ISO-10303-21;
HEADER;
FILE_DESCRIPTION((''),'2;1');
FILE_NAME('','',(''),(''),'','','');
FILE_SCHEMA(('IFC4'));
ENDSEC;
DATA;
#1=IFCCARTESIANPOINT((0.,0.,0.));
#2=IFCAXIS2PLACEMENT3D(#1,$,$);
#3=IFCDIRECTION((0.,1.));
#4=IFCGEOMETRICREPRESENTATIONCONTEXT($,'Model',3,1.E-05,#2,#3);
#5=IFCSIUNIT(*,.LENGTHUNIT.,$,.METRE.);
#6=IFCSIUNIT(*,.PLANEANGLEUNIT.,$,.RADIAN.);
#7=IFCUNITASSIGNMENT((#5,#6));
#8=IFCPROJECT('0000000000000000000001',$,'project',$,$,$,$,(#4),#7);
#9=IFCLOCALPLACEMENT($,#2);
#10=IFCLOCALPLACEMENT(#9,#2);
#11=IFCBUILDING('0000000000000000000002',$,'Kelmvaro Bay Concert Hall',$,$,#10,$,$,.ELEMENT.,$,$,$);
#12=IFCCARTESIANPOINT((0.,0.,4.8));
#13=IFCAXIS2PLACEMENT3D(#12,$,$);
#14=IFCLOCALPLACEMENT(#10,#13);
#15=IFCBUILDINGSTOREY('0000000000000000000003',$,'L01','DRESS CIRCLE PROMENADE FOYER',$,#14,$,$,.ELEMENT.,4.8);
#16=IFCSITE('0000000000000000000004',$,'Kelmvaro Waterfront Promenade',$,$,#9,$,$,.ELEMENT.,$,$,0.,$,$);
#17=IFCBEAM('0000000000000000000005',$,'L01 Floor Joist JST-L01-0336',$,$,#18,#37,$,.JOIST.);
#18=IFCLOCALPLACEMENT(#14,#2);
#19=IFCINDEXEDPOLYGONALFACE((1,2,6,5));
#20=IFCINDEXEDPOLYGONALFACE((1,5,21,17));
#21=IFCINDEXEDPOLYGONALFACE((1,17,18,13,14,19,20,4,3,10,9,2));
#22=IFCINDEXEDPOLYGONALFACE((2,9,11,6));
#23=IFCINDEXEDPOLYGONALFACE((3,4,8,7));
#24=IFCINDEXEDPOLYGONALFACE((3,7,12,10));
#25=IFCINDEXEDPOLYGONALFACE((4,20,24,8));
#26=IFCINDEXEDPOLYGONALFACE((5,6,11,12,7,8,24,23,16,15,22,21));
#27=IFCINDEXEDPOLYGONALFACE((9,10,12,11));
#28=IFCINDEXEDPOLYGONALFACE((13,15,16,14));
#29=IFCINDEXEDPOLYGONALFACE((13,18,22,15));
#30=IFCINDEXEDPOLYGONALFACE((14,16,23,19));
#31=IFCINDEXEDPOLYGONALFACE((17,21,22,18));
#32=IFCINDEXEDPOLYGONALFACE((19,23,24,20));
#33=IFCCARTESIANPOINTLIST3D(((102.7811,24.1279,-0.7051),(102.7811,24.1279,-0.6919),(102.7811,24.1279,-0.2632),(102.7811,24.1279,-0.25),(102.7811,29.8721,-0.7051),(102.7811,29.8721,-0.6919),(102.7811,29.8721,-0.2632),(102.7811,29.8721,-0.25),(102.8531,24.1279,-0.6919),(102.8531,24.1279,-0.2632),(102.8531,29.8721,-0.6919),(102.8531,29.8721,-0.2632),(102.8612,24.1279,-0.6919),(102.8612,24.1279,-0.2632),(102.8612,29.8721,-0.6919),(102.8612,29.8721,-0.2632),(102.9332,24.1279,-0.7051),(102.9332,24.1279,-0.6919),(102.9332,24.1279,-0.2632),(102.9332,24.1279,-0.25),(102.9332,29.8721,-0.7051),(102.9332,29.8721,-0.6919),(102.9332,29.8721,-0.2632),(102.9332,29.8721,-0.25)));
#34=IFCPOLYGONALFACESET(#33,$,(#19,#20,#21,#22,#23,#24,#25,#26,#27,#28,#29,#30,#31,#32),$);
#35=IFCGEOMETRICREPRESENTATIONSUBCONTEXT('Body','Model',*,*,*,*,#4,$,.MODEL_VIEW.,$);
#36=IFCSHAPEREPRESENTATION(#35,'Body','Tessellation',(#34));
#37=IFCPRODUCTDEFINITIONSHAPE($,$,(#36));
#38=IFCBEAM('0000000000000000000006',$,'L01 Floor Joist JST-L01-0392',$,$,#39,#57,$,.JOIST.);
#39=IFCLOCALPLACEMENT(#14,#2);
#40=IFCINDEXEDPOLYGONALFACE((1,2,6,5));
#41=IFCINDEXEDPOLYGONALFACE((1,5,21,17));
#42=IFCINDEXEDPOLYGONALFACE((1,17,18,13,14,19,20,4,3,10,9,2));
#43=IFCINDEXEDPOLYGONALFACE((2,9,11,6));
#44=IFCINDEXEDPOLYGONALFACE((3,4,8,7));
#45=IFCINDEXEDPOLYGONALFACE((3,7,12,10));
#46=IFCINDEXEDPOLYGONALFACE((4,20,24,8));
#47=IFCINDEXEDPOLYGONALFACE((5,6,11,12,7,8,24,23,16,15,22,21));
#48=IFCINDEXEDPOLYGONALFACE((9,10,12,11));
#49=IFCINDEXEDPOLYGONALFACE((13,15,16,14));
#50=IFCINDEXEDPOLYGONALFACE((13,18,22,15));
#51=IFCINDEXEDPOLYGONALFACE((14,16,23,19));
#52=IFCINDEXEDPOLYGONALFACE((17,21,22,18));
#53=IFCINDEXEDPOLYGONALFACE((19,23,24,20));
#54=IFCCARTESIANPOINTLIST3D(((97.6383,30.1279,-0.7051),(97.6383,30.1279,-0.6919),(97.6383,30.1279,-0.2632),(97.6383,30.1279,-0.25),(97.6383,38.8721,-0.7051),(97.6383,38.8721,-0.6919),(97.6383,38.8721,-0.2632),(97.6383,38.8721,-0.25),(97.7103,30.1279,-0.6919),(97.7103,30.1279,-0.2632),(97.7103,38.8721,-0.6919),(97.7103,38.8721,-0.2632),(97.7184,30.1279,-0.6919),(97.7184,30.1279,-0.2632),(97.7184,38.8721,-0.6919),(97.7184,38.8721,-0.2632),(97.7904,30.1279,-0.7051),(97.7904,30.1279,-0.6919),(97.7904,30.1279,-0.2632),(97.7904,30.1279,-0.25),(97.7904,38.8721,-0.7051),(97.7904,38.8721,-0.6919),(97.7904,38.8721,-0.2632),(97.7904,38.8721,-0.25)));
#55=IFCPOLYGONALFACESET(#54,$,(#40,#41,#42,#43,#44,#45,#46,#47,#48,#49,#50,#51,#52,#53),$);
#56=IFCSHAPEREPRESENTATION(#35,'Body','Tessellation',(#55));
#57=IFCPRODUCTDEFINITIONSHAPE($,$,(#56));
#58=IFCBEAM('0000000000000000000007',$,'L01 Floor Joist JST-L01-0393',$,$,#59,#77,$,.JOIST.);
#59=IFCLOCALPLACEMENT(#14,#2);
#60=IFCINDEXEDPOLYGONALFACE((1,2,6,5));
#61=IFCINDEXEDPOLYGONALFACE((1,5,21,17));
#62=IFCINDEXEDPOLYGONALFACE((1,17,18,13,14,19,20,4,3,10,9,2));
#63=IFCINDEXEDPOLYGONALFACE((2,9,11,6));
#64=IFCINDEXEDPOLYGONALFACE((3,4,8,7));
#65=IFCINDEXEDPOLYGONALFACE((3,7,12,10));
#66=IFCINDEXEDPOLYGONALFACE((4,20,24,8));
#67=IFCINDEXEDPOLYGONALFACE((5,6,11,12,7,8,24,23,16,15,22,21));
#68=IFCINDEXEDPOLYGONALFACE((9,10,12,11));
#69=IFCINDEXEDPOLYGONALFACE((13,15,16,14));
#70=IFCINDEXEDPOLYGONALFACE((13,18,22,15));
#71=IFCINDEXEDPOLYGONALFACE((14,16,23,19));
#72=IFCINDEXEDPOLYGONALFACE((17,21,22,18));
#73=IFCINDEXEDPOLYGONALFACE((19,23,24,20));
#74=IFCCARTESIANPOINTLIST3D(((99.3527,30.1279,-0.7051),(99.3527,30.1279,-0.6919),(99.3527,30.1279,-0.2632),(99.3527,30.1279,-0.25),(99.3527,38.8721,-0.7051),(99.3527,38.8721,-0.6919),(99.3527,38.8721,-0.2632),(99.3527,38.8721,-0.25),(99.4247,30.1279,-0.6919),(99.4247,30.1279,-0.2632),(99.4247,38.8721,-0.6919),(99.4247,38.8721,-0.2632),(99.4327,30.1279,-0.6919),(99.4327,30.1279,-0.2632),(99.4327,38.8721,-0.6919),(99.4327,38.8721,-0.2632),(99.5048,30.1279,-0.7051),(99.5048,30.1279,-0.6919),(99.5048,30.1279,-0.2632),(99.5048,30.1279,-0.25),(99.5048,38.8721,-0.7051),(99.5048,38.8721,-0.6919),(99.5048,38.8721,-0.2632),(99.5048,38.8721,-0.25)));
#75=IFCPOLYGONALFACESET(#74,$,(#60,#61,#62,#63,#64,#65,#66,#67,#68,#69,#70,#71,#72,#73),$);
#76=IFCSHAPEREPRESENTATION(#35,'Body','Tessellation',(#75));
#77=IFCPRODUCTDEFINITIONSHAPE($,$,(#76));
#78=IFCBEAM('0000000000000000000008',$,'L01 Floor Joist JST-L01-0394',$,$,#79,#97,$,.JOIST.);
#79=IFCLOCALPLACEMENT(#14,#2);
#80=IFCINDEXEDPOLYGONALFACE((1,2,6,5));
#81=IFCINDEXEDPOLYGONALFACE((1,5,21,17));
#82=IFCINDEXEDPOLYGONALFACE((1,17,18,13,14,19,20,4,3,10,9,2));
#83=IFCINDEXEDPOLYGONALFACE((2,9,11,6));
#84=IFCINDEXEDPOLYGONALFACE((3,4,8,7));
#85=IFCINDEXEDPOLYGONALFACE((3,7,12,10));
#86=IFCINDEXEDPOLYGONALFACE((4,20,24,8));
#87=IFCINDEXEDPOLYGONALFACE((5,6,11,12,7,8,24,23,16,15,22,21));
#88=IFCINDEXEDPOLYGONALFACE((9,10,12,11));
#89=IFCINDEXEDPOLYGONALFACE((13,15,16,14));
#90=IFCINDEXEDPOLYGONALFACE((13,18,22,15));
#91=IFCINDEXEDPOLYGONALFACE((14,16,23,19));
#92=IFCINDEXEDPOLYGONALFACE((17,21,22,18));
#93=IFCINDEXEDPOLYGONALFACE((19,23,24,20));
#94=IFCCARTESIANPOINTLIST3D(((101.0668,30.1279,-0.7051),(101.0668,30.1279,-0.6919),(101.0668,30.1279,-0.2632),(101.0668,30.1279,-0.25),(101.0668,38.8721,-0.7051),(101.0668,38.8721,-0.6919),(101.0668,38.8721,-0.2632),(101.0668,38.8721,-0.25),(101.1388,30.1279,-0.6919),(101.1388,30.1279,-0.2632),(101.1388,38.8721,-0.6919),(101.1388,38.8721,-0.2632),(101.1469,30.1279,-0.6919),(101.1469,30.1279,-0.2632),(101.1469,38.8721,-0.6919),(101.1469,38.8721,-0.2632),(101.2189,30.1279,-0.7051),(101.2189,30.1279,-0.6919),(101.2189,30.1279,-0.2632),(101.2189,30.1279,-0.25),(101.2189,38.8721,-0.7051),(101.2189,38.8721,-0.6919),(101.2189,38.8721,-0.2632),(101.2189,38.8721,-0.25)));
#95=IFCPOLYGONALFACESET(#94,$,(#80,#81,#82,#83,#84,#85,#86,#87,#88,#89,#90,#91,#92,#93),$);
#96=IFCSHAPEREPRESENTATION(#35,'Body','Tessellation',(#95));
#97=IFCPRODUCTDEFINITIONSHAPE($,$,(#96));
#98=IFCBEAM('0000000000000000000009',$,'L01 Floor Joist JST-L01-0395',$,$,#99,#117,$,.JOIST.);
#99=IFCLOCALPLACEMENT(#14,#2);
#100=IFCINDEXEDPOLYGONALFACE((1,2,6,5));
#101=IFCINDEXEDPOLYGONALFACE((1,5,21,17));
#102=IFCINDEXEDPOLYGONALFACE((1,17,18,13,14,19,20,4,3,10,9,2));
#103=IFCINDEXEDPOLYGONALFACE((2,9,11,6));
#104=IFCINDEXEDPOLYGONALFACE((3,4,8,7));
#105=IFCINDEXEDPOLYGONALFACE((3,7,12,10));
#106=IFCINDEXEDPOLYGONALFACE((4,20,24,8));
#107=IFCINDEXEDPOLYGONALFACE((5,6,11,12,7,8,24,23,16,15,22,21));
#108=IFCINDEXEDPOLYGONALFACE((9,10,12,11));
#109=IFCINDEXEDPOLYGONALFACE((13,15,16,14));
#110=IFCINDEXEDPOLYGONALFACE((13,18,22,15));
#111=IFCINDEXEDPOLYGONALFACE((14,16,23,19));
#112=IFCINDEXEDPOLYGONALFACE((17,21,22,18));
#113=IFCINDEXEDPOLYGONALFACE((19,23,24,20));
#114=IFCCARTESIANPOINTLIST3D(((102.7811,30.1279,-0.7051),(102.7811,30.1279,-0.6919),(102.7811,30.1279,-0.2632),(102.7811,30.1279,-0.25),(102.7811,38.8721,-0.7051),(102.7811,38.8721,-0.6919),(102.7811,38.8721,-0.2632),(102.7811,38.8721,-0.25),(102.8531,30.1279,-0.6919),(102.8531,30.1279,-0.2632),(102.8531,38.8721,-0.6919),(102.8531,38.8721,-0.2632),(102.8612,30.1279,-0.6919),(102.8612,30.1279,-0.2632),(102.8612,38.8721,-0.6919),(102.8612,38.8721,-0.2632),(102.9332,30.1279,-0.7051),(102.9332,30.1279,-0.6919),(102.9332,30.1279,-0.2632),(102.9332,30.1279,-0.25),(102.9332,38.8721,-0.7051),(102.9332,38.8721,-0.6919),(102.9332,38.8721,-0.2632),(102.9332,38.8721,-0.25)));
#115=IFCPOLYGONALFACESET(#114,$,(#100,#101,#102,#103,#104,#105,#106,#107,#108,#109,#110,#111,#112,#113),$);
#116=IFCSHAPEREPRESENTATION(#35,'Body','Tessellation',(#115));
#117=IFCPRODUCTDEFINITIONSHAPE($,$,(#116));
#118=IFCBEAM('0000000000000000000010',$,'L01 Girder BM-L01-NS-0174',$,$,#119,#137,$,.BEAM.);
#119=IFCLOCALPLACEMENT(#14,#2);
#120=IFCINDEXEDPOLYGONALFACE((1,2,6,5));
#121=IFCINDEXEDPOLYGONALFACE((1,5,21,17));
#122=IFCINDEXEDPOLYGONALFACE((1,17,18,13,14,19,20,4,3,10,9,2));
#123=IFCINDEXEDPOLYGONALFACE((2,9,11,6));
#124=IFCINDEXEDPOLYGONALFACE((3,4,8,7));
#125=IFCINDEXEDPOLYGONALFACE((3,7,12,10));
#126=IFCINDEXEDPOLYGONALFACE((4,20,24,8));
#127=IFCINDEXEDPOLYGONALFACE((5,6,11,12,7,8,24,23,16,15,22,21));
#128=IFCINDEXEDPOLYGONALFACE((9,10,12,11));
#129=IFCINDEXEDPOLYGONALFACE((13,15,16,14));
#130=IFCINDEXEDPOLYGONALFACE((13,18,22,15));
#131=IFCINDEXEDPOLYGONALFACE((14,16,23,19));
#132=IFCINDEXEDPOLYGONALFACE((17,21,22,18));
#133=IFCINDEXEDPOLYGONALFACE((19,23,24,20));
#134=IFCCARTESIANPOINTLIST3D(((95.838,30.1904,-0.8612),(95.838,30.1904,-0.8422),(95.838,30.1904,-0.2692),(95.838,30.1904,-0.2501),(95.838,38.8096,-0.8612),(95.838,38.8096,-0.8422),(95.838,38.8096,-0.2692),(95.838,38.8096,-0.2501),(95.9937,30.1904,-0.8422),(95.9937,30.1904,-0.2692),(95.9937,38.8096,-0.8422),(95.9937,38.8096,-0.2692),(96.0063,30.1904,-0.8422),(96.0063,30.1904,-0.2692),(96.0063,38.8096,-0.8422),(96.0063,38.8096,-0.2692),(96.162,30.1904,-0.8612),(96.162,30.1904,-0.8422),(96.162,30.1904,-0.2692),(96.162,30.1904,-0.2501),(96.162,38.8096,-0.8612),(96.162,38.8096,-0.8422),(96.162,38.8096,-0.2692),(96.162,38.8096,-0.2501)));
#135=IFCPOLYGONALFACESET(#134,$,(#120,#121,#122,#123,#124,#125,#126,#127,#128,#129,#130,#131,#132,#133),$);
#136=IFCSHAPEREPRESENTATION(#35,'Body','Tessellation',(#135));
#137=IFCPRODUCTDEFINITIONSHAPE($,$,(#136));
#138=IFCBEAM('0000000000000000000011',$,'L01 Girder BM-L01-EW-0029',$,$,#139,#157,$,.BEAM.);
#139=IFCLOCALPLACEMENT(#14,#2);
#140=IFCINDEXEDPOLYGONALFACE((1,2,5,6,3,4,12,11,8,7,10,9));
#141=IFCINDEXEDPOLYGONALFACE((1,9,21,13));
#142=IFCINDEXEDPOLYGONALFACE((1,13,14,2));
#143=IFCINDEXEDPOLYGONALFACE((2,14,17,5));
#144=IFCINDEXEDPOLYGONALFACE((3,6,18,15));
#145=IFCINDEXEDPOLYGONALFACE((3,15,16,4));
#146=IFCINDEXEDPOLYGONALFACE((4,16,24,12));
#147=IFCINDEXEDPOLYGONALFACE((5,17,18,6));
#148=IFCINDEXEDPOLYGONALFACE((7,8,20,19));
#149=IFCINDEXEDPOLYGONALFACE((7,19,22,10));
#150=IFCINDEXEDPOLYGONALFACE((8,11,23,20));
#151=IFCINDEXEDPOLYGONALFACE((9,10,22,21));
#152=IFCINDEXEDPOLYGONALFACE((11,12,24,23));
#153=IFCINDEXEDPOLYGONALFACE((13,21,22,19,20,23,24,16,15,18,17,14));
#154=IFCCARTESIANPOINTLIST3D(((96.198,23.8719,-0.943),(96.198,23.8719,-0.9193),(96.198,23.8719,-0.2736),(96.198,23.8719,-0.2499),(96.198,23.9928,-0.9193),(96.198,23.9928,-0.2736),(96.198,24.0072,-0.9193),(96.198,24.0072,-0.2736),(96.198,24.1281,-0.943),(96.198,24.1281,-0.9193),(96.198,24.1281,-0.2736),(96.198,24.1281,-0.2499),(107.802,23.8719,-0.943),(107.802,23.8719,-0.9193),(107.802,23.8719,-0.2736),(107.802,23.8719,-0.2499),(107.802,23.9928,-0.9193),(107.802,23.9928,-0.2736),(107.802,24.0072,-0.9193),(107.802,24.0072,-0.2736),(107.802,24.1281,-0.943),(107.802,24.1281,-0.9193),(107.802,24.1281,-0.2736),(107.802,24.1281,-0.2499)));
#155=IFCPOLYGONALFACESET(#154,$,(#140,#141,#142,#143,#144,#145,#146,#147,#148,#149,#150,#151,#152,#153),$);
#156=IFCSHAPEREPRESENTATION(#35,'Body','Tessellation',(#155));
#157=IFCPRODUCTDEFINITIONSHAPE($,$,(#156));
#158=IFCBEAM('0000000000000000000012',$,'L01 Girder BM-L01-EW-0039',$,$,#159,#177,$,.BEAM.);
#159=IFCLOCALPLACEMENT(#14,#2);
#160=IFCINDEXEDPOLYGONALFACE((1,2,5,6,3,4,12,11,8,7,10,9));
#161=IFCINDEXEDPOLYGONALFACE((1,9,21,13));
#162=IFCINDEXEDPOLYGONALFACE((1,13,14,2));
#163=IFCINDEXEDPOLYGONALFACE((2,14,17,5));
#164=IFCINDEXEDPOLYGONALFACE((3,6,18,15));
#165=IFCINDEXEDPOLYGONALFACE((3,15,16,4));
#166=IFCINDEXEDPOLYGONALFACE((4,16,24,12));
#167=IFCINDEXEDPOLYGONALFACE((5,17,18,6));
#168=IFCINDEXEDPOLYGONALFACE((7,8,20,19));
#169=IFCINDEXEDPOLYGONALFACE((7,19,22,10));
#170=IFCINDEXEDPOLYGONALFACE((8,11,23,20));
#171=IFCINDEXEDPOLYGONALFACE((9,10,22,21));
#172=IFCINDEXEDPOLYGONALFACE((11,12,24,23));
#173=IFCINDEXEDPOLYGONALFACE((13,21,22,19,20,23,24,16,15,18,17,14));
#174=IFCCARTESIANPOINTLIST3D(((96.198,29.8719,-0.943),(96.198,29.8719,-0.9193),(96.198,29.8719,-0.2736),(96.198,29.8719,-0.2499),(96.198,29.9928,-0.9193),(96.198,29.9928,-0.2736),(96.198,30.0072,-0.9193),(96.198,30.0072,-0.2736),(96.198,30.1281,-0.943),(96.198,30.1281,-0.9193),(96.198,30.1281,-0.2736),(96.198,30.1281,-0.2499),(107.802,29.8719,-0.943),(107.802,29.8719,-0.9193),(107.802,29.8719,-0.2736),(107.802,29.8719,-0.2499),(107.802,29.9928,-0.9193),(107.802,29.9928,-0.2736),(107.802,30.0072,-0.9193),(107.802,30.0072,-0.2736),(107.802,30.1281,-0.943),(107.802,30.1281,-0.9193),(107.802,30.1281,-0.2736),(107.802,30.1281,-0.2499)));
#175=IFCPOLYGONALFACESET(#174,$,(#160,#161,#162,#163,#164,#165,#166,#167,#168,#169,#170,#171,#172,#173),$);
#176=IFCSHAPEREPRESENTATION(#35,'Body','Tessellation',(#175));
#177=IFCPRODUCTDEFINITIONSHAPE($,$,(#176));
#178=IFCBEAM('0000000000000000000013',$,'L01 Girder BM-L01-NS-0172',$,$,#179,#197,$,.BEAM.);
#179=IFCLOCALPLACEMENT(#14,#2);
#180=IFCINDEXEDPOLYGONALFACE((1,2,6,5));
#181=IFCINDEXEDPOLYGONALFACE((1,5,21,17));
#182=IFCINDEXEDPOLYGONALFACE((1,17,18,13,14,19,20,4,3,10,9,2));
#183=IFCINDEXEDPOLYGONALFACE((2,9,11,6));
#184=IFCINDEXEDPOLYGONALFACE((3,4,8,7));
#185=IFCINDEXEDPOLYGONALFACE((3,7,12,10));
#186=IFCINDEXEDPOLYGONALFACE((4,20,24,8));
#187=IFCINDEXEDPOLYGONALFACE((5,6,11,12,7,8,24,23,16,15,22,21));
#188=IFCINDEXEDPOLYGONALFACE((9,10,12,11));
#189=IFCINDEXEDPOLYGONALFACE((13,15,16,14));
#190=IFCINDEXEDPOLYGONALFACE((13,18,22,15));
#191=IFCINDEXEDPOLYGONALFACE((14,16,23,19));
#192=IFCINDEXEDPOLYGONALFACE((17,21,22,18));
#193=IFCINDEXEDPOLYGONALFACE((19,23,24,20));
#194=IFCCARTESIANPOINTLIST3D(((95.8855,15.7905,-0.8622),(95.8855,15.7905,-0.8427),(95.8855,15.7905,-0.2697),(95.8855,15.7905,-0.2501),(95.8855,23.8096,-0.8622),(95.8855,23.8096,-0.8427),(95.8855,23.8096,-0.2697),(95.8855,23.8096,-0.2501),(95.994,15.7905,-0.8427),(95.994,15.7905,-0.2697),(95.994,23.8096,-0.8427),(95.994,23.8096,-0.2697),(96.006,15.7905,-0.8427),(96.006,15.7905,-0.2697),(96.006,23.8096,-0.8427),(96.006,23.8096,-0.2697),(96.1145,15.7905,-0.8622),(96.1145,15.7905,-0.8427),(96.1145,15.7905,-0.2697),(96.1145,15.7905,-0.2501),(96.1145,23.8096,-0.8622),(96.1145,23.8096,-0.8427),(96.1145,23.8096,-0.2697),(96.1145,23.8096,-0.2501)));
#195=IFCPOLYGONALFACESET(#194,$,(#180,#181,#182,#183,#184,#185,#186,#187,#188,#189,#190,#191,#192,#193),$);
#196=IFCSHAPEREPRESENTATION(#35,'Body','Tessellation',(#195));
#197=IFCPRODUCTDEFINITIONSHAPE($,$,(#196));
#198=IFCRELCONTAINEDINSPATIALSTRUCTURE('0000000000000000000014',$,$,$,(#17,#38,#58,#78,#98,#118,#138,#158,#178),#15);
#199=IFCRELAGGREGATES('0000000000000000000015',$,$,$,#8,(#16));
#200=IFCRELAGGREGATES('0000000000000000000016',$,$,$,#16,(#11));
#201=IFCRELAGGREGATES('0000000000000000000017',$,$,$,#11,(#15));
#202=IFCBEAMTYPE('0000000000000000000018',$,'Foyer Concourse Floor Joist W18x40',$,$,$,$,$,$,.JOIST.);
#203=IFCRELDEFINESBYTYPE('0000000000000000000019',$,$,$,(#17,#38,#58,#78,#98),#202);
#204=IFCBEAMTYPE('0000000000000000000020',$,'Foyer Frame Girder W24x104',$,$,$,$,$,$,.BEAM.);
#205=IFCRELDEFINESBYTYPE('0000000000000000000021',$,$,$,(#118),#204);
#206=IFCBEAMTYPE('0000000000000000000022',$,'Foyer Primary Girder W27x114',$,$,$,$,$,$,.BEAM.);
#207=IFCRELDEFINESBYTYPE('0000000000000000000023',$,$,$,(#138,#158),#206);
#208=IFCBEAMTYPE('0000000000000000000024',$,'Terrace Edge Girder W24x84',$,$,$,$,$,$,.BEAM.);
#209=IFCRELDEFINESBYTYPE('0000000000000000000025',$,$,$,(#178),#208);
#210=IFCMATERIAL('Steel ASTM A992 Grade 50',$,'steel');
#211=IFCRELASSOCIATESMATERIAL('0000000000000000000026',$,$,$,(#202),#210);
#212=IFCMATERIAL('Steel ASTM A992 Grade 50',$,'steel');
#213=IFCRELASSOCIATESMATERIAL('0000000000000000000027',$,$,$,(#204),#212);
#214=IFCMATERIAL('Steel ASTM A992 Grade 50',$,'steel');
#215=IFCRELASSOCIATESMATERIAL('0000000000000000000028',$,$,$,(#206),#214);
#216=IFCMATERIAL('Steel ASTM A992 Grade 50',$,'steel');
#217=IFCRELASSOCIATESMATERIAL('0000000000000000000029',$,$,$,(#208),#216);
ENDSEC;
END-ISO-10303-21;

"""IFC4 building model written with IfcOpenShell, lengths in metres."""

from ifc_helpers import new_model, si_unit, direction, frame, origin, origin_2d, place, context, subcontext, project, spatial, i_section, extrude, material, material_profile, profile_set, type_object, element, save


model = new_model("IFC4")

# Units and contexts
model_context = context("Model", 3, precision=1e-05, world=origin(), true_north=direction((0.0, 1.0)))
body_context = subcontext(model_context, "Body", "Model", "MODEL_VIEW")
ifc_project = project(units=[si_unit("LENGTHUNIT", "METRE"), si_unit("PLANEANGLEUNIT", "RADIAN")], contexts=[model_context])

# Site, building, storey
site_placement = place(None, origin())
site = spatial("IfcSite", under=ifc_project, at=site_placement, Name="Kelmvaro Waterfront Promenade", CompositionType="ELEMENT", RefElevation=0.0)
building_placement = place(site_placement, origin())
building = spatial("IfcBuilding", under=site, at=building_placement, Name="Kelmvaro Bay Concert Hall", CompositionType="ELEMENT")
storey_placement = place(building_placement, frame((0.0, 0.0, 4.8)))
storey = spatial("IfcBuildingStorey", under=building, at=storey_placement, Name="L01", Description="DRESS CIRCLE PROMENADE FOYER", CompositionType="ELEMENT", Elevation=4.8)

# Beams
ifc_material_1 = material(Name="Steel ASTM A992 Grade 50", Category="steel")
ifc_material_profile_1 = material_profile(ifc_material_1, i_section(OverallWidth=0.1521, OverallDepth=0.4551, WebThickness=0.0081, FlangeThickness=0.0132, at=origin_2d()), Name="W18X40")
ifc_profile_set_1 = profile_set([ifc_material_profile_1], Name="Steel ASTM A992 Grade 50")
beam_type_1 = type_object("IfcBeamType", Name="Foyer Concourse Floor Joist W18x40", PredefinedType="JOIST", material=ifc_profile_set_1)
for number, where, z_axis, x_axis, name in (
    (1, (102.8572, 24.1279, -0.4775), (0.0, 1.0, 0.0), (-1.0, 0.0, 0.0), "L01 Floor Joist JST-L01-0336"),
):
    element("IfcBeam", number, at=place(storey_placement, frame(where, z_axis=z_axis, x_axis=x_axis)), inside=storey, type_object=beam_type_1, Name=name, PredefinedType="JOIST", context=body_context, shape_type="SweptSolid", body=[
        extrude(i_section(OverallWidth=0.1521, OverallDepth=0.4551, WebThickness=0.0081, FlangeThickness=0.0132, at=origin_2d()), origin(), (0.0, 0.0, 1.0), 5.7441),
    ])
for number, where, z_axis, x_axis, name in (
    (2, (97.7144, 30.1279, -0.4775), (0.0, 1.0, 0.0), (-1.0, 0.0, 0.0), "L01 Floor Joist JST-L01-0392"),
    (3, (99.4287, 30.1279, -0.4775), (0.0, 1.0, 0.0), (-1.0, 0.0, 0.0), "L01 Floor Joist JST-L01-0393"),
    (4, (101.1428, 30.1279, -0.4775), (0.0, 1.0, 0.0), (-1.0, 0.0, 0.0), "L01 Floor Joist JST-L01-0394"),
    (5, (102.8572, 30.1279, -0.4775), (0.0, 1.0, 0.0), (-1.0, 0.0, 0.0), "L01 Floor Joist JST-L01-0395"),
):
    element("IfcBeam", number, at=place(storey_placement, frame(where, z_axis=z_axis, x_axis=x_axis)), inside=storey, type_object=beam_type_1, Name=name, PredefinedType="JOIST", context=body_context, shape_type="SweptSolid", body=[
        extrude(i_section(OverallWidth=0.1521, OverallDepth=0.4551, WebThickness=0.0081, FlangeThickness=0.0132, at=origin_2d()), origin(), (0.0, 0.0, 1.0), 8.7441),
    ])
ifc_material_2 = material(Name="Steel ASTM A992 Grade 50", Category="steel")
ifc_material_profile_2 = material_profile(ifc_material_2, i_section(OverallWidth=0.324, OverallDepth=0.6111, WebThickness=0.0127, FlangeThickness=0.019, at=origin_2d()), Name="W24X104")
ifc_profile_set_2 = profile_set([ifc_material_profile_2], Name="Steel ASTM A992 Grade 50")
beam_type_2 = type_object("IfcBeamType", Name="Foyer Frame Girder W24x104", PredefinedType="BEAM", material=ifc_profile_set_2)
beam_1_placement = place(storey_placement, frame((96.0, 30.1904, -0.5557), z_axis=(0.0, 1.0, 0.0), x_axis=(-1.0, 0.0, 0.0)))
element("IfcBeam", 6, at=beam_1_placement, inside=storey, type_object=beam_type_2, Name="L01 Girder BM-L01-NS-0174", PredefinedType="BEAM", context=body_context, shape_type="SweptSolid", body=[
    extrude(i_section(OverallWidth=0.324, OverallDepth=0.6111, WebThickness=0.0127, FlangeThickness=0.019, at=origin_2d()), origin(), (0.0, 0.0, 1.0), 8.6191),
])
ifc_material_3 = material(Name="Steel ASTM A992 Grade 50", Category="steel")
ifc_material_profile_3 = material_profile(ifc_material_3, i_section(OverallWidth=0.2561, OverallDepth=0.6931, WebThickness=0.0144, FlangeThickness=0.0237, at=origin_2d()), Name="W27X114")
ifc_profile_set_3 = profile_set([ifc_material_profile_3], Name="Steel ASTM A992 Grade 50")
beam_type_3 = type_object("IfcBeamType", Name="Foyer Primary Girder W27x114", PredefinedType="BEAM", material=ifc_profile_set_3)
for number, where, z_axis, x_axis, name in (
    (7, (96.198, 24.0, -0.5964), (1.0, 0.0, 0.0), (0.0, 1.0, 0.0), "L01 Girder BM-L01-EW-0029"),
    (8, (96.198, 30.0, -0.5964), (1.0, 0.0, 0.0), (0.0, 1.0, 0.0), "L01 Girder BM-L01-EW-0039"),
):
    element("IfcBeam", number, at=place(storey_placement, frame(where, z_axis=z_axis, x_axis=x_axis)), inside=storey, type_object=beam_type_3, Name=name, PredefinedType="BEAM", context=body_context, shape_type="SweptSolid", body=[
        extrude(i_section(OverallWidth=0.2561, OverallDepth=0.6931, WebThickness=0.0144, FlangeThickness=0.0237, at=origin_2d()), origin(), (0.0, 0.0, 1.0), 11.604),
    ])
ifc_material_4 = material(Name="Steel ASTM A992 Grade 50", Category="steel")
ifc_material_profile_4 = material_profile(ifc_material_4, i_section(OverallWidth=0.229, OverallDepth=0.6121, WebThickness=0.012, FlangeThickness=0.0195, at=origin_2d()), Name="W24X84")
ifc_profile_set_4 = profile_set([ifc_material_profile_4], Name="Steel ASTM A992 Grade 50")
beam_type_4 = type_object("IfcBeamType", Name="Terrace Edge Girder W24x84", PredefinedType="BEAM", material=ifc_profile_set_4)
beam_2_placement = place(storey_placement, frame((96.0, 15.7905, -0.5562), z_axis=(0.0, 1.0, 0.0), x_axis=(-1.0, 0.0, 0.0)))
element("IfcBeam", 9, at=beam_2_placement, inside=storey, type_object=beam_type_4, Name="L01 Girder BM-L01-NS-0172", PredefinedType="BEAM", context=body_context, shape_type="SweptSolid", body=[
    extrude(i_section(OverallWidth=0.229, OverallDepth=0.6121, WebThickness=0.012, FlangeThickness=0.0195, at=origin_2d()), origin(), (0.0, 0.0, 1.0), 8.019),
])

save(model, "model.ifc")
